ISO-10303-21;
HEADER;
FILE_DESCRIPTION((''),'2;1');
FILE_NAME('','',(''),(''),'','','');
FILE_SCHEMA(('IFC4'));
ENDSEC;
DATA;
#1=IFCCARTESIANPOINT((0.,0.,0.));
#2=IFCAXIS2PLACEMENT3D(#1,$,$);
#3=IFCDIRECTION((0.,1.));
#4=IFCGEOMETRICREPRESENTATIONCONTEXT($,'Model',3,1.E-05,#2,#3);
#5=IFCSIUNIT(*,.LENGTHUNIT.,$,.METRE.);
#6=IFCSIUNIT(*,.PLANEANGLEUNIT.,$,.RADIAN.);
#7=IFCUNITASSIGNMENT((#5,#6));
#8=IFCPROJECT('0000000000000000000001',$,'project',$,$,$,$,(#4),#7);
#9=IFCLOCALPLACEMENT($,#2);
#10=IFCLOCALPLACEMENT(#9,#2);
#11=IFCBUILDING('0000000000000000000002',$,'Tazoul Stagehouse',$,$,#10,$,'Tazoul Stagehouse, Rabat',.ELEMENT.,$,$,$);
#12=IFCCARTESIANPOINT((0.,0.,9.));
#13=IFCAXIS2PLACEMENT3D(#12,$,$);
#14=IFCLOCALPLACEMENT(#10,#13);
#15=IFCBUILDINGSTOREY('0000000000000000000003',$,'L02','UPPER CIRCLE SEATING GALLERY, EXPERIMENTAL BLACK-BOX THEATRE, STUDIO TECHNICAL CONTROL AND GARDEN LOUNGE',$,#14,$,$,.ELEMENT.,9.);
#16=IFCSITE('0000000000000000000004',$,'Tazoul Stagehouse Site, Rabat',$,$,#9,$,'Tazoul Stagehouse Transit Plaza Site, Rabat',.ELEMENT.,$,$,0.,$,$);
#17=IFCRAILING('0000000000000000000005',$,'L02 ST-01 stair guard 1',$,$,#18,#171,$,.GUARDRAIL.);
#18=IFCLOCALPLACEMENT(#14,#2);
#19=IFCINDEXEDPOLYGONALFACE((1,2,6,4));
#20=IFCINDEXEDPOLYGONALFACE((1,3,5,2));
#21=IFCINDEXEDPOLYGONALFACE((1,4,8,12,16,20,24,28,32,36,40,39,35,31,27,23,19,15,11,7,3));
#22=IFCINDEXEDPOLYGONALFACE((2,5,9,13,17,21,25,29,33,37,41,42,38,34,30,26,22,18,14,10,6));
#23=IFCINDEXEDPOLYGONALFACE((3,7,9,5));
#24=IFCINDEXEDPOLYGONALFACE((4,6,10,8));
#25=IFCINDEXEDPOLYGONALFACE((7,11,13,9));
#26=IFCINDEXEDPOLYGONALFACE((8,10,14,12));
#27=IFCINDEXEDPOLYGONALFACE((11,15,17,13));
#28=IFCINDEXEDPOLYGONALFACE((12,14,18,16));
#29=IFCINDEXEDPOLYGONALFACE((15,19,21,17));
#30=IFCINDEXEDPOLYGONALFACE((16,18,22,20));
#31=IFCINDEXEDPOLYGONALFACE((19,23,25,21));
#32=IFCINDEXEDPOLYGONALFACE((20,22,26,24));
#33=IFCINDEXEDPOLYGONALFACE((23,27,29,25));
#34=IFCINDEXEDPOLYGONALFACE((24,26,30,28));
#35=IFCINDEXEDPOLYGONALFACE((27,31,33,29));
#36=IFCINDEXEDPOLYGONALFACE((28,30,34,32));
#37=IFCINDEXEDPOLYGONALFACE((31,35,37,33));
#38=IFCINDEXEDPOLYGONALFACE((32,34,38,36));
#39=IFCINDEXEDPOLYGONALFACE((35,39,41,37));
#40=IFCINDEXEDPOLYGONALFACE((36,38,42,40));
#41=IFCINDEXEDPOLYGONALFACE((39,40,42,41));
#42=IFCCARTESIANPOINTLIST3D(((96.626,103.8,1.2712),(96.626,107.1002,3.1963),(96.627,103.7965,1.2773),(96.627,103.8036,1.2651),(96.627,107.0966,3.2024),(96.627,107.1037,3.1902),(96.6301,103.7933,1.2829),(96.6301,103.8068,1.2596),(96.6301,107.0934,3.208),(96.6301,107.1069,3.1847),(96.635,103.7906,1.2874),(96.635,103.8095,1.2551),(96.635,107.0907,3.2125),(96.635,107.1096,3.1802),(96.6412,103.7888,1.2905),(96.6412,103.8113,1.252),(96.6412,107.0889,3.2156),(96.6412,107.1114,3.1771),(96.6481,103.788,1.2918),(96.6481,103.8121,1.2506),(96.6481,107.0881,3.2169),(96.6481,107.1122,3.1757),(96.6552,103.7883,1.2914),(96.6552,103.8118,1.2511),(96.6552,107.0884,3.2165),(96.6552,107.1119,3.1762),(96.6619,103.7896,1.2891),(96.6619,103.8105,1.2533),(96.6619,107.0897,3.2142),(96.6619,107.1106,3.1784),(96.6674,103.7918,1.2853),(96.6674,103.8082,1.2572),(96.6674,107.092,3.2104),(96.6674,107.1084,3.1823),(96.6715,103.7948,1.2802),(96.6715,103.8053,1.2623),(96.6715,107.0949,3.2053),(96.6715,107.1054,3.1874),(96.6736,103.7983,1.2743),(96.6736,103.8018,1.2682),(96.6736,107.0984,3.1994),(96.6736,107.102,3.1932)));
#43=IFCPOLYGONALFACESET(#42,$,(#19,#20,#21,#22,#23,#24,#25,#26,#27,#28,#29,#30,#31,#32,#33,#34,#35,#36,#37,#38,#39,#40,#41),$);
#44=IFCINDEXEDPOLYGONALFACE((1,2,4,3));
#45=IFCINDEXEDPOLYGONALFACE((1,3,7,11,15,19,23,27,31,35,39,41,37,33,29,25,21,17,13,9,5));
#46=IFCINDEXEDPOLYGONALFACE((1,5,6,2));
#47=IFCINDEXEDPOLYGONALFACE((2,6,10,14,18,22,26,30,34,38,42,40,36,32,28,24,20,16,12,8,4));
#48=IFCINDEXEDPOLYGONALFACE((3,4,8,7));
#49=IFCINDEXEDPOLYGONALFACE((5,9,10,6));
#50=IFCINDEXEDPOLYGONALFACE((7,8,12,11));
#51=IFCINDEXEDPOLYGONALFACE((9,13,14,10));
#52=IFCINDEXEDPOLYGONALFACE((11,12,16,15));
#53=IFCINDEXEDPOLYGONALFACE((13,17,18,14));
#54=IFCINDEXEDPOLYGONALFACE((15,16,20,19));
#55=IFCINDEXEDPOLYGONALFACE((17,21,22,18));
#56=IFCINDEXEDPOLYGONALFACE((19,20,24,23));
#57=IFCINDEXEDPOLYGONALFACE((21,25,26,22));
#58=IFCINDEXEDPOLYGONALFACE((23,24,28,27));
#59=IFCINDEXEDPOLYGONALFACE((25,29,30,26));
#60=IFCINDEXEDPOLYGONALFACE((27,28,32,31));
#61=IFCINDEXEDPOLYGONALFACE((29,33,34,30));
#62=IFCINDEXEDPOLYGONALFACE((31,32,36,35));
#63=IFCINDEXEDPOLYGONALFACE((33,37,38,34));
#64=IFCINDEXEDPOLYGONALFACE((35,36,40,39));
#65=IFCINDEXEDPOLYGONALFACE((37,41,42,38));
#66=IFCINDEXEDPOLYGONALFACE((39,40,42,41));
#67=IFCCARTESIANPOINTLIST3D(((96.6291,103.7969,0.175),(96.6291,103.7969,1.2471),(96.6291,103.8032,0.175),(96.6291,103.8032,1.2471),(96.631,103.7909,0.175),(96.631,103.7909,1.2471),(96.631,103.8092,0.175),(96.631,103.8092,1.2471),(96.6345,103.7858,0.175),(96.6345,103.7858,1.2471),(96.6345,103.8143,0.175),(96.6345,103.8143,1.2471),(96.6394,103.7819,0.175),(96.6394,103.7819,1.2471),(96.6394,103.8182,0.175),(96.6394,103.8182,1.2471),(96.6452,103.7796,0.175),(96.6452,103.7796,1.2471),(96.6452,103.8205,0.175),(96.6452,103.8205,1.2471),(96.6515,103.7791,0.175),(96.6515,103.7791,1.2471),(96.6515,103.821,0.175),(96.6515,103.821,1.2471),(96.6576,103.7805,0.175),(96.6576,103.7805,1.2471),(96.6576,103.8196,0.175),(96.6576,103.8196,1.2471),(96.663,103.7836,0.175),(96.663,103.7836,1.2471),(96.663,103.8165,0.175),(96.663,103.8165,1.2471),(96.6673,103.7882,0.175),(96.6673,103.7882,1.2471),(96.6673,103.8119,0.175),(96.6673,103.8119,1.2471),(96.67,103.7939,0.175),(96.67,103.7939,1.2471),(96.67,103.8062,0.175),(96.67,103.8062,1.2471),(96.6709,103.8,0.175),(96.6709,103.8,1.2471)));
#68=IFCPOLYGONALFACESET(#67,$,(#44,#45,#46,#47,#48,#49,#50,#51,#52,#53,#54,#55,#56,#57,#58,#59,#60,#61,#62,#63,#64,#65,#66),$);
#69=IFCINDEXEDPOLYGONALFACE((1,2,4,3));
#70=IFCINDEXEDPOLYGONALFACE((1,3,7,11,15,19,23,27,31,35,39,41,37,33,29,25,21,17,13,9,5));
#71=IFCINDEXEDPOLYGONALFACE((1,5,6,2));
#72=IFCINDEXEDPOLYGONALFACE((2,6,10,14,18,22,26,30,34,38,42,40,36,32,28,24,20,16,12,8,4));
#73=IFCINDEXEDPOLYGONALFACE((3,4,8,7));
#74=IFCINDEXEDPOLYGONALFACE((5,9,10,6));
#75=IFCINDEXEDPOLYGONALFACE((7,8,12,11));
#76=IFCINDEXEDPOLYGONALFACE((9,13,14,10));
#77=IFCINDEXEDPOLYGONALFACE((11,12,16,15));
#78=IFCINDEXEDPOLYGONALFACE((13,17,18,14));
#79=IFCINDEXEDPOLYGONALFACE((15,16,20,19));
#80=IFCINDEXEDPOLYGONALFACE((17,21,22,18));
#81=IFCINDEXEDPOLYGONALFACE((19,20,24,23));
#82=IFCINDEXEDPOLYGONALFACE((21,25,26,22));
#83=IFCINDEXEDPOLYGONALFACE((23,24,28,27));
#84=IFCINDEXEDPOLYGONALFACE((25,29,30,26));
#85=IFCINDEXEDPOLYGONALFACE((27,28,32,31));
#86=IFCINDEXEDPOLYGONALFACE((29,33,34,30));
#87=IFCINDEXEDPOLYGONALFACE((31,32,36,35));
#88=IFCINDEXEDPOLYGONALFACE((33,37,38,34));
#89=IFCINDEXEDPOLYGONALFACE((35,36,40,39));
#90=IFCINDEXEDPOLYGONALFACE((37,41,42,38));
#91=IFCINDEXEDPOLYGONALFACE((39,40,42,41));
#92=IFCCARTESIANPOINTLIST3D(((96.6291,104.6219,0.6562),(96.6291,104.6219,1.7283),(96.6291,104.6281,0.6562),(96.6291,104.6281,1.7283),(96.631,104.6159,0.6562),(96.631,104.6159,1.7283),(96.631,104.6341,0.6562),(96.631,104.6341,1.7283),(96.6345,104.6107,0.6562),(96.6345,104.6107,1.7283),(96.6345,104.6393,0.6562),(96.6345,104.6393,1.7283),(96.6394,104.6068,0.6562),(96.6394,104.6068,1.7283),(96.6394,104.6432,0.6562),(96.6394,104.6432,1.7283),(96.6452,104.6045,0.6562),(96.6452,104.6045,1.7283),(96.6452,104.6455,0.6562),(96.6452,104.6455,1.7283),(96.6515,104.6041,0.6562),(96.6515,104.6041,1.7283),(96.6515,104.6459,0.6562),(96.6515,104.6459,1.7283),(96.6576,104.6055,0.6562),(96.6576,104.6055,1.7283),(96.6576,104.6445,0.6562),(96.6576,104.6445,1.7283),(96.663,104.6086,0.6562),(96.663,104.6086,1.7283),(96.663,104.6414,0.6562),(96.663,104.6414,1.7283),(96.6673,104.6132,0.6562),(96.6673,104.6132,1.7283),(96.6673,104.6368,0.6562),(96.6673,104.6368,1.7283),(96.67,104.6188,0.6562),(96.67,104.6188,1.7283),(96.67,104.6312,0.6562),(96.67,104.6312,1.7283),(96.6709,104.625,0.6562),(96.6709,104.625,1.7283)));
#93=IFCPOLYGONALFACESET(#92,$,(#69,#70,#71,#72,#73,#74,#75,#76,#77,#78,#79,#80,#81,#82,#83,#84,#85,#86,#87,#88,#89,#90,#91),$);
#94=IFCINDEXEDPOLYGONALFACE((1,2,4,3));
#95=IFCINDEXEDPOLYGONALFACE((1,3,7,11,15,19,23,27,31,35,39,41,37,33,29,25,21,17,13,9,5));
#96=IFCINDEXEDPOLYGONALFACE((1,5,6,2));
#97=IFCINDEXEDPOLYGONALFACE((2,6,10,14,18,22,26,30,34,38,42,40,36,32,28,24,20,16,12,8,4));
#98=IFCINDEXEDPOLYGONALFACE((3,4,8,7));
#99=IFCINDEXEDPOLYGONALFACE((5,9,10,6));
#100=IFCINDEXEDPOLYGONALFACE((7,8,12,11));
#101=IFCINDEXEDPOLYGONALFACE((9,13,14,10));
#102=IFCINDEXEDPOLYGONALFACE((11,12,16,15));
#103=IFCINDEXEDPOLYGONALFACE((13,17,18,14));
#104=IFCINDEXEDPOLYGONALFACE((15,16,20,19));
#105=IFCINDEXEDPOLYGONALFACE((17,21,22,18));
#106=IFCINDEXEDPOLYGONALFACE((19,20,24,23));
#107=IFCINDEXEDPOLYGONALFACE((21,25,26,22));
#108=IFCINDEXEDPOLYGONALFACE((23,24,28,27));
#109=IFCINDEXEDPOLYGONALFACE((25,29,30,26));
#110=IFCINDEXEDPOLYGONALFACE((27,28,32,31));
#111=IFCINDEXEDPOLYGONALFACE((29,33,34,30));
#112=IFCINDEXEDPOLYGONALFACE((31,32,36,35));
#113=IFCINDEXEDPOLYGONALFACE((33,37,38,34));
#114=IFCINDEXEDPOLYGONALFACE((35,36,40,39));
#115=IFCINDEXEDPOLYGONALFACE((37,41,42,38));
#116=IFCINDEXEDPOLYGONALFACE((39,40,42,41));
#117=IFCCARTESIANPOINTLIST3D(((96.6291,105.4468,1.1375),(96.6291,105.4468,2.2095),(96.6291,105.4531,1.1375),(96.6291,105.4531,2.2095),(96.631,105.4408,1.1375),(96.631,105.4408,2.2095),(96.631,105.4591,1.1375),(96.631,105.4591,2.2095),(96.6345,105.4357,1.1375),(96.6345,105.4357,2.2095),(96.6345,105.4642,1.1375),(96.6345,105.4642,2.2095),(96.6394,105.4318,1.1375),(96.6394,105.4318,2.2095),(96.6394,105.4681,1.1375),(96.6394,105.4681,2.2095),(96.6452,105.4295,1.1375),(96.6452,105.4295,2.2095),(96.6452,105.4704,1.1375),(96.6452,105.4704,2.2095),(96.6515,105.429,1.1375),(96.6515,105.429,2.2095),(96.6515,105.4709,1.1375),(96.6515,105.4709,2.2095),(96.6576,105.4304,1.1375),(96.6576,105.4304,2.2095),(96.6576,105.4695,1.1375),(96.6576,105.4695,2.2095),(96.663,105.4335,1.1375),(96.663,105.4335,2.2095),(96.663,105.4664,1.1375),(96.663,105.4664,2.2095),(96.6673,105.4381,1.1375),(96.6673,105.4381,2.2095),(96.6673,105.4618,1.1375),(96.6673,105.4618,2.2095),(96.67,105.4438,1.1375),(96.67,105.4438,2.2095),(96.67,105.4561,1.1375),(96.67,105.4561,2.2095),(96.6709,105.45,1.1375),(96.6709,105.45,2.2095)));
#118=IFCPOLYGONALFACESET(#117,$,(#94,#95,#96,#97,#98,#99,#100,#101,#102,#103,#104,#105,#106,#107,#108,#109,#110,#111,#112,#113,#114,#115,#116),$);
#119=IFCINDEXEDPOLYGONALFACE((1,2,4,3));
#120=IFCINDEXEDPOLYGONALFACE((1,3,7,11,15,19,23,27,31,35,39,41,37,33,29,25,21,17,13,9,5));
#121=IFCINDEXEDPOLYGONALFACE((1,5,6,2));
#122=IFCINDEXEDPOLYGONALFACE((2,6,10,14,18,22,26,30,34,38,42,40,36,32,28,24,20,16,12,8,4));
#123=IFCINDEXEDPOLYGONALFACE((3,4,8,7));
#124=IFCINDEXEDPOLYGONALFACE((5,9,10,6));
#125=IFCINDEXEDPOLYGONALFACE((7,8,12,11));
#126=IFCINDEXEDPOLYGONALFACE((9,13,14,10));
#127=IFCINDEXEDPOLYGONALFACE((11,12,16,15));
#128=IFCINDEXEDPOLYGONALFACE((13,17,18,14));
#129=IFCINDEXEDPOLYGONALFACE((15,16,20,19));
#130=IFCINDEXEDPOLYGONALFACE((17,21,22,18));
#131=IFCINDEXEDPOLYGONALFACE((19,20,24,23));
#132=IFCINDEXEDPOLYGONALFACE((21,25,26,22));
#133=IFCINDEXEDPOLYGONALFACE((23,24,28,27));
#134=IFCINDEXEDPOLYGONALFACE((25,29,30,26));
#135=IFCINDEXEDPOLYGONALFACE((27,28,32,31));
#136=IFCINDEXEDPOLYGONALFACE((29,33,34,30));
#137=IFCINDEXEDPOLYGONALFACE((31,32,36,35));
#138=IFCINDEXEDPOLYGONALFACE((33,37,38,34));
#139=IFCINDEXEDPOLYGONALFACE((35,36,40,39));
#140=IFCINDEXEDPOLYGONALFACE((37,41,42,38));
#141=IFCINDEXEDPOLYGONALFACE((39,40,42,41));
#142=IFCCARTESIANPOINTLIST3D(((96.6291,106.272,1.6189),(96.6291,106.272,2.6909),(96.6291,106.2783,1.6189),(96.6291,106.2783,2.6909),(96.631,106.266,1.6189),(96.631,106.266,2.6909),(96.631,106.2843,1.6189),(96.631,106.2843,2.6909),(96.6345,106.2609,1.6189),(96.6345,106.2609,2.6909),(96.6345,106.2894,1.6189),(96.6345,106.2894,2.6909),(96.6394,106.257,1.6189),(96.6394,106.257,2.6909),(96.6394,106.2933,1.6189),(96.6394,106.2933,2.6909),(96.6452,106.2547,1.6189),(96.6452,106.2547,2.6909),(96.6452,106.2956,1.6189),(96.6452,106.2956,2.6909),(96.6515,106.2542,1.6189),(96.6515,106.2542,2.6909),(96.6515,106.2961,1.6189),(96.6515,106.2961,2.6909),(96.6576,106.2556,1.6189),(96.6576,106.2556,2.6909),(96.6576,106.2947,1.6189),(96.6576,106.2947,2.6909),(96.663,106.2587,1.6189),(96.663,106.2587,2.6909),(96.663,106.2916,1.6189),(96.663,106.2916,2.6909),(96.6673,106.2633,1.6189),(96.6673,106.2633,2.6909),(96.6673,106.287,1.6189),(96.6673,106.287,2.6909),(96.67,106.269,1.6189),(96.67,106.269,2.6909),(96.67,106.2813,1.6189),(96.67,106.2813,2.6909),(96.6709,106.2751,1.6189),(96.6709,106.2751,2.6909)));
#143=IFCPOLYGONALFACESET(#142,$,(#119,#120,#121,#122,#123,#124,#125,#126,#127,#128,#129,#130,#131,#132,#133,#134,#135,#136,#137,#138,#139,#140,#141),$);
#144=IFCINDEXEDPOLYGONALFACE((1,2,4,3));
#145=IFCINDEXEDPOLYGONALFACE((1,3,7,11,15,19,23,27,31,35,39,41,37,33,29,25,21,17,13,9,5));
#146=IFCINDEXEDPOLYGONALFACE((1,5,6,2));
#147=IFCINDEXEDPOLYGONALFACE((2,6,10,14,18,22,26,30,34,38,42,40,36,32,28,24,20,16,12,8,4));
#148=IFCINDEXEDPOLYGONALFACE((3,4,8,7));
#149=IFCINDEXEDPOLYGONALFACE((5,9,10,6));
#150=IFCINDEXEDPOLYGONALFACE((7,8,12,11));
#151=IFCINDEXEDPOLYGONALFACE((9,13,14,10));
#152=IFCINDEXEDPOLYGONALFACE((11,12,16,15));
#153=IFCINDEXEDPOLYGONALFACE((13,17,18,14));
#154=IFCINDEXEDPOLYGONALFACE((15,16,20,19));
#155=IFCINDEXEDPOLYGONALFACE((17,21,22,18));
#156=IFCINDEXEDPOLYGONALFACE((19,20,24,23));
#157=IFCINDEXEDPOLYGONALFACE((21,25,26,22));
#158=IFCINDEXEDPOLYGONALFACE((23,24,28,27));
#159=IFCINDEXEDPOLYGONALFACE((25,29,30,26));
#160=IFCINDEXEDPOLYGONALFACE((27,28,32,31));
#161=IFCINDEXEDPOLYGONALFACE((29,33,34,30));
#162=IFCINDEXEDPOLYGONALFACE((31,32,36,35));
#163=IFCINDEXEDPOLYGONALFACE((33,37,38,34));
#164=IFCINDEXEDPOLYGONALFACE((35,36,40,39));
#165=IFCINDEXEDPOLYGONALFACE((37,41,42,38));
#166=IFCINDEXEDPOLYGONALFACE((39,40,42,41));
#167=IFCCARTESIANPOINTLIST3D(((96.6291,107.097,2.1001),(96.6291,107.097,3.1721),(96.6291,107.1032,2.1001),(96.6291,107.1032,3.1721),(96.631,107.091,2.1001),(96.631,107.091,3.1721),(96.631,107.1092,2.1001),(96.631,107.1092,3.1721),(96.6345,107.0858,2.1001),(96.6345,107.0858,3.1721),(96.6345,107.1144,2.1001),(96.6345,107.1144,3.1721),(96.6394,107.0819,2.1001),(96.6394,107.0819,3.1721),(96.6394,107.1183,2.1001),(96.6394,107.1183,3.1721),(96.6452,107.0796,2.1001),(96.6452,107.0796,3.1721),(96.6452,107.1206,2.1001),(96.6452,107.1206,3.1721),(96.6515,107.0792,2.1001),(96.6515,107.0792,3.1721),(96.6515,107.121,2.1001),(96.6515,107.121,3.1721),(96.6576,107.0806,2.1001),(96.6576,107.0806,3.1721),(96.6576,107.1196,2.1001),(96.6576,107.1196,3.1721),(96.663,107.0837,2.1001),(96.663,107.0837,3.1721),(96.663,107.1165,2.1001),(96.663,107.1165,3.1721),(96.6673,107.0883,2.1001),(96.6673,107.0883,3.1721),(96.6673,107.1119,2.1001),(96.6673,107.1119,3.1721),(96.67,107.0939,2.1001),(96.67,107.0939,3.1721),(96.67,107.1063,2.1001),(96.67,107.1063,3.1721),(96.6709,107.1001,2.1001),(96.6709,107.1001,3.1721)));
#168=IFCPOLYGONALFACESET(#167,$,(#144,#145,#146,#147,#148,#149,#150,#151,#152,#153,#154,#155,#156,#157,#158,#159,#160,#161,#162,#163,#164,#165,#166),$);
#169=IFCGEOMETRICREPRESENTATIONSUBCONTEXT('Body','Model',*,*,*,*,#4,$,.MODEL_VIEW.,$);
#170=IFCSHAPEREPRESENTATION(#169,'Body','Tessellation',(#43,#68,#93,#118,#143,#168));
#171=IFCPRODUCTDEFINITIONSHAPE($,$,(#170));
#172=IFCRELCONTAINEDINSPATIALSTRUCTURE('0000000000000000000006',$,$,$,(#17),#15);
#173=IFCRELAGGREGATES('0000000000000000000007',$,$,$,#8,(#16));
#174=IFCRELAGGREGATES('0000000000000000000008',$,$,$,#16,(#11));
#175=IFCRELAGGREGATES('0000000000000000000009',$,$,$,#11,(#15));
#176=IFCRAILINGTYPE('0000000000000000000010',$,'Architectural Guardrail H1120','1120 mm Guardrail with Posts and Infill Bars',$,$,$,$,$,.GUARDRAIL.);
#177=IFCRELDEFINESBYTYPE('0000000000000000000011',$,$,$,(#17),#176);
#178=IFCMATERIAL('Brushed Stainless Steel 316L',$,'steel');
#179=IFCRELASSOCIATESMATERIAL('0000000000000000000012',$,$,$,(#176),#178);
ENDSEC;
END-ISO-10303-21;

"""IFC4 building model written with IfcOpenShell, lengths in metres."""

from ifc_helpers import new_model, si_unit, direction, frame, origin, origin_2d, place, context, subcontext, project, spatial, circle, extrude, material, material_profile, profile_set, type_object, element, save


model = new_model("IFC4")

# Units and contexts
model_context = context("Model", 3, precision=1e-05, world=origin(), true_north=direction((0.0, 1.0)))
body_context = subcontext(model_context, "Body", "Model", "MODEL_VIEW")
ifc_project = project(units=[si_unit("LENGTHUNIT", "METRE"), si_unit("PLANEANGLEUNIT", "RADIAN")], contexts=[model_context])

# Site, building, storey
site_placement = place(None, origin())
site = spatial("IfcSite", under=ifc_project, at=site_placement, Name="Tazoul Stagehouse Site, Rabat", LongName="Tazoul Stagehouse Transit Plaza Site, Rabat", CompositionType="ELEMENT", RefElevation=0.0)
building_placement = place(site_placement, origin())
building = spatial("IfcBuilding", under=site, at=building_placement, Name="Tazoul Stagehouse", LongName="Tazoul Stagehouse, Rabat", CompositionType="ELEMENT")
storey_placement = place(building_placement, frame((0.0, 0.0, 9.0)))
storey = spatial("IfcBuildingStorey", under=building, at=storey_placement, Name="L02", Description="UPPER CIRCLE SEATING GALLERY, EXPERIMENTAL BLACK-BOX THEATRE, STUDIO TECHNICAL CONTROL AND GARDEN LOUNGE", CompositionType="ELEMENT", Elevation=9.0)

# Railing
ifc_material_1 = material(Name="Brushed Stainless Steel 316L", Category="steel")
ifc_material_profile_1 = material_profile(ifc_material_1, circle(Radius=0.0239, at=origin_2d()), Name="SS RAIL D48")
ifc_profile_set_1 = profile_set([ifc_material_profile_1], Name="Brushed Stainless Steel 316L")
railing_type_1 = type_object("IfcRailingType", Name="Architectural Guardrail H1120", Description="1120 mm Guardrail with Posts and Infill Bars", PredefinedType="GUARDRAIL", material=ifc_profile_set_1)
railing_1_placement = place(storey_placement, frame((96.6499, 103.8, 0.175)))
element("IfcRailing", 1, at=railing_1_placement, inside=storey, type_object=railing_type_1, Name="L02 ST-01 stair guard 1", PredefinedType="GUARDRAIL", context=body_context, shape_type="SweptSolid", body=[
    extrude(circle(Radius=0.0239, at=origin_2d()), frame((0.0, 0.0, 1.0962), z_axis=(0.0, 0.863777, 0.503875), x_axis=(-1.0, 0.0, 0.0)), (0.0, 0.0, 1.0), 3.8206),
    extrude(circle(Radius=0.021, at=origin_2d()), origin(), (0.0, 0.0, 1.0), 1.072),
    extrude(circle(Radius=0.021, at=origin_2d()), frame((0.0, 0.825, 0.4812)), (0.0, 0.0, 1.0), 1.072),
    extrude(circle(Radius=0.021, at=origin_2d()), frame((0.0, 1.6499, 0.9624)), (0.0, 0.0, 1.0), 1.072),
    extrude(circle(Radius=0.021, at=origin_2d()), frame((0.0, 2.4751, 1.4438)), (0.0, 0.0, 1.0), 1.072),
    extrude(circle(Radius=0.021, at=origin_2d()), frame((0.0, 3.3, 1.925)), (0.0, 0.0, 1.0), 1.072),
])

save(model, "model.ifc")
